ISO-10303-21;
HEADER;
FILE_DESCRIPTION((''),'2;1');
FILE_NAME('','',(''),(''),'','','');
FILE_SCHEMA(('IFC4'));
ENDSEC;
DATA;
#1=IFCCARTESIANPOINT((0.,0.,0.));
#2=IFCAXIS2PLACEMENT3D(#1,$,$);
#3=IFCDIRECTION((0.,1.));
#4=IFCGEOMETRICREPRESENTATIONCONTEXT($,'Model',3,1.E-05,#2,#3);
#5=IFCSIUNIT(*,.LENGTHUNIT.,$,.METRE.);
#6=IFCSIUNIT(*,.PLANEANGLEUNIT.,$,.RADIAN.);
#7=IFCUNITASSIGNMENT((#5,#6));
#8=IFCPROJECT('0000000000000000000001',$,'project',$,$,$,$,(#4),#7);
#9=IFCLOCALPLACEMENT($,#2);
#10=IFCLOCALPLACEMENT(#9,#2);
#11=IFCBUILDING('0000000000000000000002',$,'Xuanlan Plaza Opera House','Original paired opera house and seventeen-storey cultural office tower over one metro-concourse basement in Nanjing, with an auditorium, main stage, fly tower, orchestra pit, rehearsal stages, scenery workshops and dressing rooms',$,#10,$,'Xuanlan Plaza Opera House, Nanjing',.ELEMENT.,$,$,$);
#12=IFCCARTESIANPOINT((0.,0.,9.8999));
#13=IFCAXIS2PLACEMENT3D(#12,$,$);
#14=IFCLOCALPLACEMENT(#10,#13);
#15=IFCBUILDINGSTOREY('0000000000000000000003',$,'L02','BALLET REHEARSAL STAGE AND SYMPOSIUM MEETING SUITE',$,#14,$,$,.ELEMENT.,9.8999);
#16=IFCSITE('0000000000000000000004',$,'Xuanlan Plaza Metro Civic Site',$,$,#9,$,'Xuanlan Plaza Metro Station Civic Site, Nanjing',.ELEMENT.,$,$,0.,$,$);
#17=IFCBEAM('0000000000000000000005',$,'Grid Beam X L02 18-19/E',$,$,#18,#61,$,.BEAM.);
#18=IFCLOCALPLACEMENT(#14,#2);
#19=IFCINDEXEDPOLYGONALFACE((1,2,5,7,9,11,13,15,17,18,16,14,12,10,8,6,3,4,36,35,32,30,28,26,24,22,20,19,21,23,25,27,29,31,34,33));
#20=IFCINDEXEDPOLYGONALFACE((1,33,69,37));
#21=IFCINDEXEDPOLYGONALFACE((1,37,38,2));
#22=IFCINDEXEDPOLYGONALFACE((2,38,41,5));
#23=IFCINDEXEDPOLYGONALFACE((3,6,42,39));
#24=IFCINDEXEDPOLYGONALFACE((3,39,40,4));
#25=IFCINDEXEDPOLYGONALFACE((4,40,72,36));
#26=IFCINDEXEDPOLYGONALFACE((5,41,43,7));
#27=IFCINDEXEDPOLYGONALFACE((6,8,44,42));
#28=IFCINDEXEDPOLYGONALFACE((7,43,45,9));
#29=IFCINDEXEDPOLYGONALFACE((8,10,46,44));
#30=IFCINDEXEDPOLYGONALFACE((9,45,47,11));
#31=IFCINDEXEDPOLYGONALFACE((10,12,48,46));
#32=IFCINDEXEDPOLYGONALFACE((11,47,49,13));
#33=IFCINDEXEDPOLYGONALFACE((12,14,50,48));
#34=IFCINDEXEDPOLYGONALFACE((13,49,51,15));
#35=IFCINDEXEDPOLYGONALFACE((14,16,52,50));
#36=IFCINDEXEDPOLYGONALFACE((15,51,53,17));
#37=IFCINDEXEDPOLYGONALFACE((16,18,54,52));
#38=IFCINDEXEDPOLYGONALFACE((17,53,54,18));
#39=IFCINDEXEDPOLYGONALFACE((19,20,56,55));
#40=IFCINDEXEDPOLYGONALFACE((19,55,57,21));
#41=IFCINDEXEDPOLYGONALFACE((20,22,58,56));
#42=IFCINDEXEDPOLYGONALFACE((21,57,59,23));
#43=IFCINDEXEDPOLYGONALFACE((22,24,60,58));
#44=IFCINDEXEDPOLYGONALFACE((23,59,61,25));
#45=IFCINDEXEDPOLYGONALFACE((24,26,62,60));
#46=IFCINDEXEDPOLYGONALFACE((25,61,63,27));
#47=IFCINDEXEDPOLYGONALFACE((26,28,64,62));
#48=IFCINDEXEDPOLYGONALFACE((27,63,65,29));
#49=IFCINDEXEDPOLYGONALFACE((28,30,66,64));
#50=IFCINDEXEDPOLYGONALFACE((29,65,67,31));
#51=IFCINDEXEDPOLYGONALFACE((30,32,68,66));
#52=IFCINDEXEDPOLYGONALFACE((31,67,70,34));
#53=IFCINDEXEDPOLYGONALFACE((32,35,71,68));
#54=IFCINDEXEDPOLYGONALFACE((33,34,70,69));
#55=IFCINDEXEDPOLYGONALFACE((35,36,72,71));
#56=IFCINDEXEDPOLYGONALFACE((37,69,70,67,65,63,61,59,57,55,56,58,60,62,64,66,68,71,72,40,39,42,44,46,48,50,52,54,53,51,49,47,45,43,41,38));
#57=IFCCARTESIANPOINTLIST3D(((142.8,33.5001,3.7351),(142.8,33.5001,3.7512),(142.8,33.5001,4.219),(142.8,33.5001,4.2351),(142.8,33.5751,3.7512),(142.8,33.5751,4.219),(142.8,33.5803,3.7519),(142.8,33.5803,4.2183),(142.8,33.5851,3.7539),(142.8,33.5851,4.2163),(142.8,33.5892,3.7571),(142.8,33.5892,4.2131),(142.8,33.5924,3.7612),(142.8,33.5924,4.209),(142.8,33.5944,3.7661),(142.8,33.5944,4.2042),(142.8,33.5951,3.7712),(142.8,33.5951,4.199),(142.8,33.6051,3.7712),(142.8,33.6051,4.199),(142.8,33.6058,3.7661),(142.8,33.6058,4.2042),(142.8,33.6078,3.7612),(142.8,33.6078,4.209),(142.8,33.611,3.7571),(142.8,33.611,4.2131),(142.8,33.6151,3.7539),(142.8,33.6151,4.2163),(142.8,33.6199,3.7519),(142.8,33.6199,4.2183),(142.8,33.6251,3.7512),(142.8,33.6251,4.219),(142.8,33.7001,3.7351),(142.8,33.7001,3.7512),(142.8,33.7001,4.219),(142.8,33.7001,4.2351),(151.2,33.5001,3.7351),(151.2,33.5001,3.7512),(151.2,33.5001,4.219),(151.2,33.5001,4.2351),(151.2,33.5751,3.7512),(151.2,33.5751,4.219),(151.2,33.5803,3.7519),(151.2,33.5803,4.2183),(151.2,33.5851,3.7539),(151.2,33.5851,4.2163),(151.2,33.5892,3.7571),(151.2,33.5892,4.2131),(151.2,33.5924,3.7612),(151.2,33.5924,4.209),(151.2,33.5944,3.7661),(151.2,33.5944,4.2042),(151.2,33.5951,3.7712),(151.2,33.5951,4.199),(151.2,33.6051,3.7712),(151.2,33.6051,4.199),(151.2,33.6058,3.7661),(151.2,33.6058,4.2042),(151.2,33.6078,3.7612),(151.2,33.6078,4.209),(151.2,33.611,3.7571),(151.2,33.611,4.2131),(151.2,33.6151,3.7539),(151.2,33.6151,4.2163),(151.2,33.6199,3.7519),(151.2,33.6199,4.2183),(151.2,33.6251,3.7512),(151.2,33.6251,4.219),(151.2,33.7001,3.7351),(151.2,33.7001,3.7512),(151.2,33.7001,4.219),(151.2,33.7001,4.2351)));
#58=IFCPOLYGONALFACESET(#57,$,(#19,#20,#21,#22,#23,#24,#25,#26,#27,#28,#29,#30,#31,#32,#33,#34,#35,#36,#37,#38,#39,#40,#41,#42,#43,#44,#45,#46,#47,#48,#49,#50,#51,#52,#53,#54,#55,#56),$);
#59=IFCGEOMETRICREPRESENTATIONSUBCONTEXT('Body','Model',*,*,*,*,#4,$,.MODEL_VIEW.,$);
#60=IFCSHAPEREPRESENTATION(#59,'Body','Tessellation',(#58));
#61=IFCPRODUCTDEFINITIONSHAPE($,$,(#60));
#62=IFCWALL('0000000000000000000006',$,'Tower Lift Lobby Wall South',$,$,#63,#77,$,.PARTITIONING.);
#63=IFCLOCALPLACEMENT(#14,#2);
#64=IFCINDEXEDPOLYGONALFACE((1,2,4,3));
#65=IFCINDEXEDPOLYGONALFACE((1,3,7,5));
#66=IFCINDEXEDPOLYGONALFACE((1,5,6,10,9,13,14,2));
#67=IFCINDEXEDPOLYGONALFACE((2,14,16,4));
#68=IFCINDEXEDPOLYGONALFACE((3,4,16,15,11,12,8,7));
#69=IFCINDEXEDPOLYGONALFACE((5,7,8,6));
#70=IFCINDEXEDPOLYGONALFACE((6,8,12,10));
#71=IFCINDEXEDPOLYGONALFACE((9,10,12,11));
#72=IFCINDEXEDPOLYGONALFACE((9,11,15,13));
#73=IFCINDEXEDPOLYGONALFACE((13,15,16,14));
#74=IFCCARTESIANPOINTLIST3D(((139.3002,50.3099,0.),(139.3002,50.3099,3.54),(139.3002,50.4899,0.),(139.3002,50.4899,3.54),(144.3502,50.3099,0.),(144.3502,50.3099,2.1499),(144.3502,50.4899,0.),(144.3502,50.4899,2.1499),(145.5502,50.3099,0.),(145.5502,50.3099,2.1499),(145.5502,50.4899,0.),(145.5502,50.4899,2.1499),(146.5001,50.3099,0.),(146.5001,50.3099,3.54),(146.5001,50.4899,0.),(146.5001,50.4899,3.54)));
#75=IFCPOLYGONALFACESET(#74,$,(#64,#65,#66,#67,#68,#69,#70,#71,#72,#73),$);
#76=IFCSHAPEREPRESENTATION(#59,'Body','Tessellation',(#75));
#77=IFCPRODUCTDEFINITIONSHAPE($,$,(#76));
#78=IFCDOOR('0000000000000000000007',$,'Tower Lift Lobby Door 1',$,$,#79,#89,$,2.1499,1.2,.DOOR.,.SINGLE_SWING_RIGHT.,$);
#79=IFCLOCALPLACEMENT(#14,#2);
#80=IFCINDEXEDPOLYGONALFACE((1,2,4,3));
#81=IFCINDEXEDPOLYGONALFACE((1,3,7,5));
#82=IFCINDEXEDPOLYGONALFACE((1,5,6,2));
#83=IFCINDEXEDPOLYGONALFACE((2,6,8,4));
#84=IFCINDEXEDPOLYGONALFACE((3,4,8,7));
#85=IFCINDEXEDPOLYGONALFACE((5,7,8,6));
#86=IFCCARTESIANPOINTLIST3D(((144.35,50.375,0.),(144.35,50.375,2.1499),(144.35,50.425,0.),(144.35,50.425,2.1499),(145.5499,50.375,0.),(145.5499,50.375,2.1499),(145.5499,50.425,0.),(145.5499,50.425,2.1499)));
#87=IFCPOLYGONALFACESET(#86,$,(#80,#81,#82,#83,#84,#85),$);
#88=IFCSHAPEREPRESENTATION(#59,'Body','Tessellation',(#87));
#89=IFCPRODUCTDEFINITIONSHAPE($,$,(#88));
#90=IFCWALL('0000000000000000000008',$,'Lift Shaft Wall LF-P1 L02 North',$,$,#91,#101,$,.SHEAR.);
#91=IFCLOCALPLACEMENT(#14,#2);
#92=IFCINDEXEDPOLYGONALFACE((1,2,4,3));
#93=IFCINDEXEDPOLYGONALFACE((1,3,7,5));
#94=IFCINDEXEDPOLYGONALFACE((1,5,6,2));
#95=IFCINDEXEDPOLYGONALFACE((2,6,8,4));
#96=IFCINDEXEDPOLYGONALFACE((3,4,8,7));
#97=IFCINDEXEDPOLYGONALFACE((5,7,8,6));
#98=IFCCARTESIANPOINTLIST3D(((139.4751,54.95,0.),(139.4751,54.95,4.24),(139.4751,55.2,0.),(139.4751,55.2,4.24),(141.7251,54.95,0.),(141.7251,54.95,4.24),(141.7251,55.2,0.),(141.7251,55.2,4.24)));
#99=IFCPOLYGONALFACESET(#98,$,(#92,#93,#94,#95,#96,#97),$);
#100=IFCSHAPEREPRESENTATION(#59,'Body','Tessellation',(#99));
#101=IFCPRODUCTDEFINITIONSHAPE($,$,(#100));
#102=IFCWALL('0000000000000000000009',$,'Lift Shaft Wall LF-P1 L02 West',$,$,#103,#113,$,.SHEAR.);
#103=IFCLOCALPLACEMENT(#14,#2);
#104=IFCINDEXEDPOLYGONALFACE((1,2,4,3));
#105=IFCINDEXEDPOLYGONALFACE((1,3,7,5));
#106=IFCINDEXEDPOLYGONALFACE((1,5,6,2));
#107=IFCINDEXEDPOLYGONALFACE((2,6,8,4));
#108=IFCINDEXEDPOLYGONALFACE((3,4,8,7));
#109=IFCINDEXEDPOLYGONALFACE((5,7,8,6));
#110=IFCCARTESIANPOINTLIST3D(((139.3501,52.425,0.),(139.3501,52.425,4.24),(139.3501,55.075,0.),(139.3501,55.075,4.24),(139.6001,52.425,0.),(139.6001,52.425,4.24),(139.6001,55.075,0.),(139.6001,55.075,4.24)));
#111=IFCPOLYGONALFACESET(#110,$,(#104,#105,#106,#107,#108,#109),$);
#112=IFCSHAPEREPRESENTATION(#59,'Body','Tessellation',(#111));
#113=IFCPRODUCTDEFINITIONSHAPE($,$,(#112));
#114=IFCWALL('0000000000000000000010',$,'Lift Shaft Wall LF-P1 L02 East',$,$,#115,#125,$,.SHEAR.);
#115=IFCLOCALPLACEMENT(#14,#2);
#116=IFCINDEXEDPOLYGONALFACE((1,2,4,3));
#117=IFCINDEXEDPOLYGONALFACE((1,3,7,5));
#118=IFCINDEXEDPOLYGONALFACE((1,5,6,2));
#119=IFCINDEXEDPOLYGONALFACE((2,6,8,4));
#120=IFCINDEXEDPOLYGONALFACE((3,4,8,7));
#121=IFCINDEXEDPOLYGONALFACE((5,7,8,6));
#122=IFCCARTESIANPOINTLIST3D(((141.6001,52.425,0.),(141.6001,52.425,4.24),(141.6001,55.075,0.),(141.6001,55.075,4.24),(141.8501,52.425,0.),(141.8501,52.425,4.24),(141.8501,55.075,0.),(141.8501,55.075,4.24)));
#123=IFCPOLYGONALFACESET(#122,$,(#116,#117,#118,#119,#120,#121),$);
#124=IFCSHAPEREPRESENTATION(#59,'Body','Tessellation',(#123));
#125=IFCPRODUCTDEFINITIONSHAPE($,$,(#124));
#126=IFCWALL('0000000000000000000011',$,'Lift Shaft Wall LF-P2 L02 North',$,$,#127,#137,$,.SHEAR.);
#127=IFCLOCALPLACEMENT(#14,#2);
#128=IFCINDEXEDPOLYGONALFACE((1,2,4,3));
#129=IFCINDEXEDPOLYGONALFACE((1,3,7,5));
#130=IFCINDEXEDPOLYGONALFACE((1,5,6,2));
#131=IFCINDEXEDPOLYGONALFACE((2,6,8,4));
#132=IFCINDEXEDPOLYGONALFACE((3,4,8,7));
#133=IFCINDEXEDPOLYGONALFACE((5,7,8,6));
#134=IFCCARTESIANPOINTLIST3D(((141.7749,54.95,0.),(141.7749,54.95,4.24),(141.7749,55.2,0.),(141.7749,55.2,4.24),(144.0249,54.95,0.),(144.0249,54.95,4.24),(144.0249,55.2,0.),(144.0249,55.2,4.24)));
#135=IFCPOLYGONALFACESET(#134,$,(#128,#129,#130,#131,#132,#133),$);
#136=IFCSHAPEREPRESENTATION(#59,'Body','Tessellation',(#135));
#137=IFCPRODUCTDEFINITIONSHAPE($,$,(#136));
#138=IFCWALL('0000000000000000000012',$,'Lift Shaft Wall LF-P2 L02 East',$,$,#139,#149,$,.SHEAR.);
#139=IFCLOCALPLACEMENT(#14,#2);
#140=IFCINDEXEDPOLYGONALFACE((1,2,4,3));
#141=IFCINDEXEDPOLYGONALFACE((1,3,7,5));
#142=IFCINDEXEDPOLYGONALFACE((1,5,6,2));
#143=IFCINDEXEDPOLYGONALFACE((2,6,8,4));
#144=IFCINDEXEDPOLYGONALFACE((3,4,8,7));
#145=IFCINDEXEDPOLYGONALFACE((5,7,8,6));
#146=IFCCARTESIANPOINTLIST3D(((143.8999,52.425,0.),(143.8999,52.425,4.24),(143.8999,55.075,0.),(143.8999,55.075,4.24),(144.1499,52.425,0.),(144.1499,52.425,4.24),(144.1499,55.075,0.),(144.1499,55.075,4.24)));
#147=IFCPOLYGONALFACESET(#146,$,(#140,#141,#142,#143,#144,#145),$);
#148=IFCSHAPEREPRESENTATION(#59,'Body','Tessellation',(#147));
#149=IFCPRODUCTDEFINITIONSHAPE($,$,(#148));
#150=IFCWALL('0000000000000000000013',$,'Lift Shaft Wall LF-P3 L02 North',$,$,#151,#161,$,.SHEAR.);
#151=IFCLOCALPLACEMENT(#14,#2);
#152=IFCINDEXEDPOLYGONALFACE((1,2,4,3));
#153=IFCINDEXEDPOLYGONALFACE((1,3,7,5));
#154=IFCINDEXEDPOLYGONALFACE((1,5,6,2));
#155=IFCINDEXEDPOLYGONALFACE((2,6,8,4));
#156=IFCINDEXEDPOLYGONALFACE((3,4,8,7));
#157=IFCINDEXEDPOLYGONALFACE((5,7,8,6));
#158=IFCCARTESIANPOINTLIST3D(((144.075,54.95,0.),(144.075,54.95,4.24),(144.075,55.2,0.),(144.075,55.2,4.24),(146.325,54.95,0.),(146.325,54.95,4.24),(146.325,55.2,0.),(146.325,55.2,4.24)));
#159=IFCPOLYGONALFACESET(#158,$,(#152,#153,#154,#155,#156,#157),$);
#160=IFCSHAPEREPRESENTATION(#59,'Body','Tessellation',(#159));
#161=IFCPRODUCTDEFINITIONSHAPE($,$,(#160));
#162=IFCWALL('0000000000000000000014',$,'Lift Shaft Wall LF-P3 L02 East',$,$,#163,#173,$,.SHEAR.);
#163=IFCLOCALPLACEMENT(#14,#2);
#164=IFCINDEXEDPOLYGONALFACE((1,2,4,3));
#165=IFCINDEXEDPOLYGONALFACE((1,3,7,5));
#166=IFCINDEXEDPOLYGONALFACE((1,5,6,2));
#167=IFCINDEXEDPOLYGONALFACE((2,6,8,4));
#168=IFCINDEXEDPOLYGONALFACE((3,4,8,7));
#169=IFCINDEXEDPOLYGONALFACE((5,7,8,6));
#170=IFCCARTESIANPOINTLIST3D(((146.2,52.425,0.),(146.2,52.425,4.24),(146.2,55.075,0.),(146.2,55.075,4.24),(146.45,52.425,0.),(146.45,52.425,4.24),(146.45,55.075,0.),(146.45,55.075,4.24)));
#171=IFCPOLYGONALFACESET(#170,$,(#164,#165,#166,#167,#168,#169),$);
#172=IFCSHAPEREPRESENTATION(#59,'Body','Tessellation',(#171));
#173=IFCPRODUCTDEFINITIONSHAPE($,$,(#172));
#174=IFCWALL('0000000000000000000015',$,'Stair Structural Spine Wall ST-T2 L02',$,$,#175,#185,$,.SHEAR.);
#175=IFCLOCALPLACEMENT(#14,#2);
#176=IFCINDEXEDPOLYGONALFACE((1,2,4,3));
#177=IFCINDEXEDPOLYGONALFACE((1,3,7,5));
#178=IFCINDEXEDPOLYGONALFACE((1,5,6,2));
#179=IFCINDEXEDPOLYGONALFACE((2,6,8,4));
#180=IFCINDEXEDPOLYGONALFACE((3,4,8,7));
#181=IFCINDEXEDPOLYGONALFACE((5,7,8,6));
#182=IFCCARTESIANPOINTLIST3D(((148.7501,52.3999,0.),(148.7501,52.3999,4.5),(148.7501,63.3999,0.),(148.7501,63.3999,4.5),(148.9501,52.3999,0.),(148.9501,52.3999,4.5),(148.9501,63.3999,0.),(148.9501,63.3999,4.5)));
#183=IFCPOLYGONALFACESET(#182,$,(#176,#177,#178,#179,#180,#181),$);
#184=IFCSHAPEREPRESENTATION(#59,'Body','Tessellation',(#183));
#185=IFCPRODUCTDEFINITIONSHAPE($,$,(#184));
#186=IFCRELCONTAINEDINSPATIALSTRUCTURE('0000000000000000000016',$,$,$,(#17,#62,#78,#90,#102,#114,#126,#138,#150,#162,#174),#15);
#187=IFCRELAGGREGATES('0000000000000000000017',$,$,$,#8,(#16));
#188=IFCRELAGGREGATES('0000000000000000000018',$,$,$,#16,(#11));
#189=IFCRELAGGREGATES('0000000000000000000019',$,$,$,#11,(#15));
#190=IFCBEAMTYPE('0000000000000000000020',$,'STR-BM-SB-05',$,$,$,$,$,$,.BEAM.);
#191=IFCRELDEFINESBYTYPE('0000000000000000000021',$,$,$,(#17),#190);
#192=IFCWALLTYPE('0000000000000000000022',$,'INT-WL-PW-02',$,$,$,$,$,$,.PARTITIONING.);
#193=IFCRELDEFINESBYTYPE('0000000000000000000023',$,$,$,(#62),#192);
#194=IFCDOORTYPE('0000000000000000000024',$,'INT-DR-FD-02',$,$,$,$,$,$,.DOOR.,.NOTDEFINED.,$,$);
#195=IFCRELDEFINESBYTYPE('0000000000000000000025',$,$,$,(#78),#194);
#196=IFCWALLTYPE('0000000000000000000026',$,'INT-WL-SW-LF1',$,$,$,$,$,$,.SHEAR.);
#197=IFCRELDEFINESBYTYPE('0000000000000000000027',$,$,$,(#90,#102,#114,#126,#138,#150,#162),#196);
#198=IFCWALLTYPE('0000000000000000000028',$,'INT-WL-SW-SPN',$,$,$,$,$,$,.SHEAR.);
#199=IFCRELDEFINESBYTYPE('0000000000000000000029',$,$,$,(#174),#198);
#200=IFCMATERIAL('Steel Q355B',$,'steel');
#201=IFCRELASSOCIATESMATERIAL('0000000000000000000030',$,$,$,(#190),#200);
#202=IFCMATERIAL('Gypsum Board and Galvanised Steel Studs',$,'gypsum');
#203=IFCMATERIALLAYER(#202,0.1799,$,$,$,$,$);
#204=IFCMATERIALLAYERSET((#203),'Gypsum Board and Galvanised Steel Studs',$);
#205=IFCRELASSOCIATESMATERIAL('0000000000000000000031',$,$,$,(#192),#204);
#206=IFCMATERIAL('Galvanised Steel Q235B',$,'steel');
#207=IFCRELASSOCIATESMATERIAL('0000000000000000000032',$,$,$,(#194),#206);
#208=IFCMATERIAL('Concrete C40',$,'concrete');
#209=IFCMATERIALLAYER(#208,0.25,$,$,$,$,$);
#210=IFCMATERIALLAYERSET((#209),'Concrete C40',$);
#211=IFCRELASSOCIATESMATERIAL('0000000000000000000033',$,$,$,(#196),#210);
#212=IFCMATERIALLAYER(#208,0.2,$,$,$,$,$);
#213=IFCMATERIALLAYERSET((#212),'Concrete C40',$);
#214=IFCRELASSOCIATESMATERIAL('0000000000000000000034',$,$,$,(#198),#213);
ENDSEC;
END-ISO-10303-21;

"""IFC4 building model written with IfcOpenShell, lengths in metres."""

from ifc_helpers import new_model, si_unit, direction, frame, frame_2d, origin, origin_2d, place, context, subcontext, project, spatial, rectangle, i_section, extrude, material, layer, layer_set, material_profile, profile_set, type_object, element, fill, save


model = new_model("IFC4")

# Units and contexts
model_context = context("Model", 3, precision=1e-05, world=origin(), true_north=direction((0.0, 1.0)))
body_context = subcontext(model_context, "Body", "Model", "MODEL_VIEW")
ifc_project = project(units=[si_unit("LENGTHUNIT", "METRE"), si_unit("PLANEANGLEUNIT", "RADIAN")], contexts=[model_context])

# Site, building, storey
site_placement = place(None, origin())
site = spatial("IfcSite", under=ifc_project, at=site_placement, Name="Xuanlan Plaza Metro Civic Site", LongName="Xuanlan Plaza Metro Station Civic Site, Nanjing", CompositionType="ELEMENT", RefElevation=0.0)
building_placement = place(site_placement, origin())
building = spatial("IfcBuilding", under=site, at=building_placement, Name="Xuanlan Plaza Opera House", Description="Original paired opera house and seventeen-storey cultural office tower over one metro-concourse basement in Nanjing, with an auditorium, main stage, fly tower, orchestra pit, rehearsal stages, scenery workshops and dressing rooms", LongName="Xuanlan Plaza Opera House, Nanjing", CompositionType="ELEMENT")
storey_placement = place(building_placement, frame((0.0, 0.0, 9.8999)))
storey = spatial("IfcBuildingStorey", under=building, at=storey_placement, Name="L02", Description="BALLET REHEARSAL STAGE AND SYMPOSIUM MEETING SUITE", CompositionType="ELEMENT", Elevation=9.8999)

# Beam
ifc_material_1 = material(Name="Concrete C40", Category="concrete")
ifc_material_2 = material(Name="Steel Q355B", Category="steel")
ifc_material_profile_1 = material_profile(ifc_material_2, i_section(OverallWidth=0.2, OverallDepth=0.5, WebThickness=0.01, FlangeThickness=0.0161, FilletRadius=0.02, at=origin_2d()), Name="HN 500x200x10x16")
ifc_profile_set_1 = profile_set([ifc_material_profile_1], Name="Steel Q355B")
beam_type_1 = type_object("IfcBeamType", Name="STR-BM-SB-05", PredefinedType="BEAM", material=ifc_profile_set_1)
beam_1_placement = place(storey_placement, frame((142.8, 33.6001, 3.9851), z_axis=(1.0, 0.0, 0.0), x_axis=(0.0, 1.0, 0.0)))
element("IfcBeam", 1, at=beam_1_placement, inside=storey, type_object=beam_type_1, Name="Grid Beam X L02 18-19/E", PredefinedType="BEAM", context=body_context, shape_type="SweptSolid", body=[
    extrude(i_section(OverallWidth=0.2, OverallDepth=0.5, WebThickness=0.01, FlangeThickness=0.0161, FilletRadius=0.02, at=origin_2d()), origin(), (0.0, 0.0, 1.0), 8.3999),
])

# Wall, opening, door
ifc_material_3 = material(Name="Gypsum Board and Galvanised Steel Studs", Category="gypsum")
ifc_layer_1 = layer(ifc_material_3, 0.1799)
ifc_layer_set_1 = layer_set([ifc_layer_1], Name="Gypsum Board and Galvanised Steel Studs")
wall_type_1 = type_object("IfcWallType", Name="INT-WL-PW-02", PredefinedType="PARTITIONING", material=ifc_layer_set_1)
wall_1_placement = place(storey_placement, frame((139.3, 50.3999, 0.0), z_axis=(0.0, 0.0, 1.0), x_axis=(1.0, 0.0, 0.0)))
wall_1 = element("IfcWall", 2, at=wall_1_placement, inside=storey, type_object=wall_type_1, Name="Tower Lift Lobby Wall South", PredefinedType="PARTITIONING", context=body_context, shape_type="SweptSolid", body=[
    extrude(rectangle(XDim=7.2, YDim=0.1799, at=frame_2d((3.6001, 0.0))), origin(), (0.0, 0.0, 1.0), 3.54),
])
opening_1_placement = place(wall_1_placement, frame((5.05, 0.0, 0.0)))
opening_1 = element("IfcOpeningElement", 3, at=opening_1_placement, cuts=wall_1, PredefinedType="OPENING", context=body_context, shape_type="SweptSolid", body=[
    extrude(rectangle(XDim=1.2, YDim=2.1499, at=frame_2d((0.6001, 1.075))), frame((0.0, 0.0999, 0.0), z_axis=(0.0, -1.0, 0.0), x_axis=(1.0, 0.0, 0.0)), (0.0, 0.0, 1.0), 0.2),
])
ifc_material_4 = material(Name="Galvanised Steel Q235B", Category="steel")
door_type_1 = type_object("IfcDoorType", Name="INT-DR-FD-02", OperationType="NOTDEFINED", PredefinedType="DOOR", material=ifc_material_4)
door_1_placement = place(opening_1_placement, frame((1.2, 0.0, 0.0), z_axis=(0.0, 0.0, 1.0), x_axis=(-1.0, 0.0, 0.0)))
door_1 = element("IfcDoor", 4, at=door_1_placement, inside=storey, type_object=door_type_1, Name="Tower Lift Lobby Door 1", OperationType="SINGLE_SWING_RIGHT", OverallHeight=2.1499, OverallWidth=1.2, PredefinedType="DOOR", context=body_context, shape_type="SweptSolid", body=[
    extrude(rectangle(XDim=1.2, YDim=2.1499, at=frame_2d((0.6001, 1.075))), frame((0.0, 0.0249, 0.0), z_axis=(0.0, -1.0, 0.0), x_axis=(1.0, 0.0, 0.0)), (0.0, 0.0, 1.0), 0.05),
])
fill(opening_1, door_1)
ifc_layer_2 = layer(ifc_material_1, 0.25)
ifc_layer_set_2 = layer_set([ifc_layer_2], Name="Concrete C40")
wall_type_2 = type_object("IfcWallType", Name="INT-WL-SW-LF1", PredefinedType="SHEAR", material=ifc_layer_set_2)

# Walls
wall_2_placement = place(storey_placement, frame((139.4751, 55.075, 0.0), z_axis=(0.0, 0.0, 1.0), x_axis=(1.0, 0.0, 0.0)))
element("IfcWall", 5, at=wall_2_placement, inside=storey, type_object=wall_type_2, Name="Lift Shaft Wall LF-P1 L02 North", PredefinedType="SHEAR", context=body_context, shape_type="SweptSolid", body=[
    extrude(rectangle(XDim=2.25, YDim=0.25, at=frame_2d((1.125, 0.0))), origin(), (0.0, 0.0, 1.0), 4.24),
])
for number, where, z_axis, x_axis, name in (
    (6, (139.4751, 52.425, 0.0), (0.0, 0.0, 1.0), (0.0, 1.0, 0.0), "Lift Shaft Wall LF-P1 L02 West"),
    (7, (141.7251, 52.425, 0.0), (0.0, 0.0, 1.0), (0.0, 1.0, 0.0), "Lift Shaft Wall LF-P1 L02 East"),
):
    element("IfcWall", number, at=place(storey_placement, frame(where, z_axis=z_axis, x_axis=x_axis)), inside=storey, type_object=wall_type_2, Name=name, PredefinedType="SHEAR", context=body_context, shape_type="SweptSolid", body=[
        extrude(rectangle(XDim=2.6499, YDim=0.25, at=frame_2d((1.325, 0.0))), origin(), (0.0, 0.0, 1.0), 4.24),
    ])

# Walls
wall_3_placement = place(storey_placement, frame((141.7749, 55.075, 0.0), z_axis=(0.0, 0.0, 1.0), x_axis=(1.0, 0.0, 0.0)))
element("IfcWall", 8, at=wall_3_placement, inside=storey, type_object=wall_type_2, Name="Lift Shaft Wall LF-P2 L02 North", PredefinedType="SHEAR", context=body_context, shape_type="SweptSolid", body=[
    extrude(rectangle(XDim=2.25, YDim=0.25, at=frame_2d((1.125, 0.0))), origin(), (0.0, 0.0, 1.0), 4.24),
])
wall_4_placement = place(storey_placement, frame((144.0249, 52.425, 0.0), z_axis=(0.0, 0.0, 1.0), x_axis=(0.0, 1.0, 0.0)))
element("IfcWall", 9, at=wall_4_placement, inside=storey, type_object=wall_type_2, Name="Lift Shaft Wall LF-P2 L02 East", PredefinedType="SHEAR", context=body_context, shape_type="SweptSolid", body=[
    extrude(rectangle(XDim=2.6499, YDim=0.25, at=frame_2d((1.325, 0.0))), origin(), (0.0, 0.0, 1.0), 4.24),
])

# Walls
wall_5_placement = place(storey_placement, frame((144.075, 55.075, 0.0), z_axis=(0.0, 0.0, 1.0), x_axis=(1.0, 0.0, 0.0)))
element("IfcWall", 10, at=wall_5_placement, inside=storey, type_object=wall_type_2, Name="Lift Shaft Wall LF-P3 L02 North", PredefinedType="SHEAR", context=body_context, shape_type="SweptSolid", body=[
    extrude(rectangle(XDim=2.25, YDim=0.25, at=frame_2d((1.125, 0.0))), origin(), (0.0, 0.0, 1.0), 4.24),
])
wall_6_placement = place(storey_placement, frame((146.325, 52.425, 0.0), z_axis=(0.0, 0.0, 1.0), x_axis=(0.0, 1.0, 0.0)))
element("IfcWall", 11, at=wall_6_placement, inside=storey, type_object=wall_type_2, Name="Lift Shaft Wall LF-P3 L02 East", PredefinedType="SHEAR", context=body_context, shape_type="SweptSolid", body=[
    extrude(rectangle(XDim=2.6499, YDim=0.25, at=frame_2d((1.325, 0.0))), origin(), (0.0, 0.0, 1.0), 4.24),
])
ifc_layer_3 = layer(ifc_material_1, 0.2)
ifc_layer_set_3 = layer_set([ifc_layer_3], Name="Concrete C40")
wall_type_3 = type_object("IfcWallType", Name="INT-WL-SW-SPN", PredefinedType="SHEAR", material=ifc_layer_set_3)
wall_7_placement = place(storey_placement, frame((148.8501, 52.3999, 0.0), z_axis=(0.0, 0.0, 1.0), x_axis=(0.0, 1.0, 0.0)))
element("IfcWall", 12, at=wall_7_placement, inside=storey, type_object=wall_type_3, Name="Stair Structural Spine Wall ST-T2 L02", PredefinedType="SHEAR", context=body_context, shape_type="SweptSolid", body=[
    extrude(rectangle(XDim=11.0, YDim=0.2, at=frame_2d((5.5, 0.0))), origin(), (0.0, 0.0, 1.0), 4.5),
])

save(model, "model.ifc")
